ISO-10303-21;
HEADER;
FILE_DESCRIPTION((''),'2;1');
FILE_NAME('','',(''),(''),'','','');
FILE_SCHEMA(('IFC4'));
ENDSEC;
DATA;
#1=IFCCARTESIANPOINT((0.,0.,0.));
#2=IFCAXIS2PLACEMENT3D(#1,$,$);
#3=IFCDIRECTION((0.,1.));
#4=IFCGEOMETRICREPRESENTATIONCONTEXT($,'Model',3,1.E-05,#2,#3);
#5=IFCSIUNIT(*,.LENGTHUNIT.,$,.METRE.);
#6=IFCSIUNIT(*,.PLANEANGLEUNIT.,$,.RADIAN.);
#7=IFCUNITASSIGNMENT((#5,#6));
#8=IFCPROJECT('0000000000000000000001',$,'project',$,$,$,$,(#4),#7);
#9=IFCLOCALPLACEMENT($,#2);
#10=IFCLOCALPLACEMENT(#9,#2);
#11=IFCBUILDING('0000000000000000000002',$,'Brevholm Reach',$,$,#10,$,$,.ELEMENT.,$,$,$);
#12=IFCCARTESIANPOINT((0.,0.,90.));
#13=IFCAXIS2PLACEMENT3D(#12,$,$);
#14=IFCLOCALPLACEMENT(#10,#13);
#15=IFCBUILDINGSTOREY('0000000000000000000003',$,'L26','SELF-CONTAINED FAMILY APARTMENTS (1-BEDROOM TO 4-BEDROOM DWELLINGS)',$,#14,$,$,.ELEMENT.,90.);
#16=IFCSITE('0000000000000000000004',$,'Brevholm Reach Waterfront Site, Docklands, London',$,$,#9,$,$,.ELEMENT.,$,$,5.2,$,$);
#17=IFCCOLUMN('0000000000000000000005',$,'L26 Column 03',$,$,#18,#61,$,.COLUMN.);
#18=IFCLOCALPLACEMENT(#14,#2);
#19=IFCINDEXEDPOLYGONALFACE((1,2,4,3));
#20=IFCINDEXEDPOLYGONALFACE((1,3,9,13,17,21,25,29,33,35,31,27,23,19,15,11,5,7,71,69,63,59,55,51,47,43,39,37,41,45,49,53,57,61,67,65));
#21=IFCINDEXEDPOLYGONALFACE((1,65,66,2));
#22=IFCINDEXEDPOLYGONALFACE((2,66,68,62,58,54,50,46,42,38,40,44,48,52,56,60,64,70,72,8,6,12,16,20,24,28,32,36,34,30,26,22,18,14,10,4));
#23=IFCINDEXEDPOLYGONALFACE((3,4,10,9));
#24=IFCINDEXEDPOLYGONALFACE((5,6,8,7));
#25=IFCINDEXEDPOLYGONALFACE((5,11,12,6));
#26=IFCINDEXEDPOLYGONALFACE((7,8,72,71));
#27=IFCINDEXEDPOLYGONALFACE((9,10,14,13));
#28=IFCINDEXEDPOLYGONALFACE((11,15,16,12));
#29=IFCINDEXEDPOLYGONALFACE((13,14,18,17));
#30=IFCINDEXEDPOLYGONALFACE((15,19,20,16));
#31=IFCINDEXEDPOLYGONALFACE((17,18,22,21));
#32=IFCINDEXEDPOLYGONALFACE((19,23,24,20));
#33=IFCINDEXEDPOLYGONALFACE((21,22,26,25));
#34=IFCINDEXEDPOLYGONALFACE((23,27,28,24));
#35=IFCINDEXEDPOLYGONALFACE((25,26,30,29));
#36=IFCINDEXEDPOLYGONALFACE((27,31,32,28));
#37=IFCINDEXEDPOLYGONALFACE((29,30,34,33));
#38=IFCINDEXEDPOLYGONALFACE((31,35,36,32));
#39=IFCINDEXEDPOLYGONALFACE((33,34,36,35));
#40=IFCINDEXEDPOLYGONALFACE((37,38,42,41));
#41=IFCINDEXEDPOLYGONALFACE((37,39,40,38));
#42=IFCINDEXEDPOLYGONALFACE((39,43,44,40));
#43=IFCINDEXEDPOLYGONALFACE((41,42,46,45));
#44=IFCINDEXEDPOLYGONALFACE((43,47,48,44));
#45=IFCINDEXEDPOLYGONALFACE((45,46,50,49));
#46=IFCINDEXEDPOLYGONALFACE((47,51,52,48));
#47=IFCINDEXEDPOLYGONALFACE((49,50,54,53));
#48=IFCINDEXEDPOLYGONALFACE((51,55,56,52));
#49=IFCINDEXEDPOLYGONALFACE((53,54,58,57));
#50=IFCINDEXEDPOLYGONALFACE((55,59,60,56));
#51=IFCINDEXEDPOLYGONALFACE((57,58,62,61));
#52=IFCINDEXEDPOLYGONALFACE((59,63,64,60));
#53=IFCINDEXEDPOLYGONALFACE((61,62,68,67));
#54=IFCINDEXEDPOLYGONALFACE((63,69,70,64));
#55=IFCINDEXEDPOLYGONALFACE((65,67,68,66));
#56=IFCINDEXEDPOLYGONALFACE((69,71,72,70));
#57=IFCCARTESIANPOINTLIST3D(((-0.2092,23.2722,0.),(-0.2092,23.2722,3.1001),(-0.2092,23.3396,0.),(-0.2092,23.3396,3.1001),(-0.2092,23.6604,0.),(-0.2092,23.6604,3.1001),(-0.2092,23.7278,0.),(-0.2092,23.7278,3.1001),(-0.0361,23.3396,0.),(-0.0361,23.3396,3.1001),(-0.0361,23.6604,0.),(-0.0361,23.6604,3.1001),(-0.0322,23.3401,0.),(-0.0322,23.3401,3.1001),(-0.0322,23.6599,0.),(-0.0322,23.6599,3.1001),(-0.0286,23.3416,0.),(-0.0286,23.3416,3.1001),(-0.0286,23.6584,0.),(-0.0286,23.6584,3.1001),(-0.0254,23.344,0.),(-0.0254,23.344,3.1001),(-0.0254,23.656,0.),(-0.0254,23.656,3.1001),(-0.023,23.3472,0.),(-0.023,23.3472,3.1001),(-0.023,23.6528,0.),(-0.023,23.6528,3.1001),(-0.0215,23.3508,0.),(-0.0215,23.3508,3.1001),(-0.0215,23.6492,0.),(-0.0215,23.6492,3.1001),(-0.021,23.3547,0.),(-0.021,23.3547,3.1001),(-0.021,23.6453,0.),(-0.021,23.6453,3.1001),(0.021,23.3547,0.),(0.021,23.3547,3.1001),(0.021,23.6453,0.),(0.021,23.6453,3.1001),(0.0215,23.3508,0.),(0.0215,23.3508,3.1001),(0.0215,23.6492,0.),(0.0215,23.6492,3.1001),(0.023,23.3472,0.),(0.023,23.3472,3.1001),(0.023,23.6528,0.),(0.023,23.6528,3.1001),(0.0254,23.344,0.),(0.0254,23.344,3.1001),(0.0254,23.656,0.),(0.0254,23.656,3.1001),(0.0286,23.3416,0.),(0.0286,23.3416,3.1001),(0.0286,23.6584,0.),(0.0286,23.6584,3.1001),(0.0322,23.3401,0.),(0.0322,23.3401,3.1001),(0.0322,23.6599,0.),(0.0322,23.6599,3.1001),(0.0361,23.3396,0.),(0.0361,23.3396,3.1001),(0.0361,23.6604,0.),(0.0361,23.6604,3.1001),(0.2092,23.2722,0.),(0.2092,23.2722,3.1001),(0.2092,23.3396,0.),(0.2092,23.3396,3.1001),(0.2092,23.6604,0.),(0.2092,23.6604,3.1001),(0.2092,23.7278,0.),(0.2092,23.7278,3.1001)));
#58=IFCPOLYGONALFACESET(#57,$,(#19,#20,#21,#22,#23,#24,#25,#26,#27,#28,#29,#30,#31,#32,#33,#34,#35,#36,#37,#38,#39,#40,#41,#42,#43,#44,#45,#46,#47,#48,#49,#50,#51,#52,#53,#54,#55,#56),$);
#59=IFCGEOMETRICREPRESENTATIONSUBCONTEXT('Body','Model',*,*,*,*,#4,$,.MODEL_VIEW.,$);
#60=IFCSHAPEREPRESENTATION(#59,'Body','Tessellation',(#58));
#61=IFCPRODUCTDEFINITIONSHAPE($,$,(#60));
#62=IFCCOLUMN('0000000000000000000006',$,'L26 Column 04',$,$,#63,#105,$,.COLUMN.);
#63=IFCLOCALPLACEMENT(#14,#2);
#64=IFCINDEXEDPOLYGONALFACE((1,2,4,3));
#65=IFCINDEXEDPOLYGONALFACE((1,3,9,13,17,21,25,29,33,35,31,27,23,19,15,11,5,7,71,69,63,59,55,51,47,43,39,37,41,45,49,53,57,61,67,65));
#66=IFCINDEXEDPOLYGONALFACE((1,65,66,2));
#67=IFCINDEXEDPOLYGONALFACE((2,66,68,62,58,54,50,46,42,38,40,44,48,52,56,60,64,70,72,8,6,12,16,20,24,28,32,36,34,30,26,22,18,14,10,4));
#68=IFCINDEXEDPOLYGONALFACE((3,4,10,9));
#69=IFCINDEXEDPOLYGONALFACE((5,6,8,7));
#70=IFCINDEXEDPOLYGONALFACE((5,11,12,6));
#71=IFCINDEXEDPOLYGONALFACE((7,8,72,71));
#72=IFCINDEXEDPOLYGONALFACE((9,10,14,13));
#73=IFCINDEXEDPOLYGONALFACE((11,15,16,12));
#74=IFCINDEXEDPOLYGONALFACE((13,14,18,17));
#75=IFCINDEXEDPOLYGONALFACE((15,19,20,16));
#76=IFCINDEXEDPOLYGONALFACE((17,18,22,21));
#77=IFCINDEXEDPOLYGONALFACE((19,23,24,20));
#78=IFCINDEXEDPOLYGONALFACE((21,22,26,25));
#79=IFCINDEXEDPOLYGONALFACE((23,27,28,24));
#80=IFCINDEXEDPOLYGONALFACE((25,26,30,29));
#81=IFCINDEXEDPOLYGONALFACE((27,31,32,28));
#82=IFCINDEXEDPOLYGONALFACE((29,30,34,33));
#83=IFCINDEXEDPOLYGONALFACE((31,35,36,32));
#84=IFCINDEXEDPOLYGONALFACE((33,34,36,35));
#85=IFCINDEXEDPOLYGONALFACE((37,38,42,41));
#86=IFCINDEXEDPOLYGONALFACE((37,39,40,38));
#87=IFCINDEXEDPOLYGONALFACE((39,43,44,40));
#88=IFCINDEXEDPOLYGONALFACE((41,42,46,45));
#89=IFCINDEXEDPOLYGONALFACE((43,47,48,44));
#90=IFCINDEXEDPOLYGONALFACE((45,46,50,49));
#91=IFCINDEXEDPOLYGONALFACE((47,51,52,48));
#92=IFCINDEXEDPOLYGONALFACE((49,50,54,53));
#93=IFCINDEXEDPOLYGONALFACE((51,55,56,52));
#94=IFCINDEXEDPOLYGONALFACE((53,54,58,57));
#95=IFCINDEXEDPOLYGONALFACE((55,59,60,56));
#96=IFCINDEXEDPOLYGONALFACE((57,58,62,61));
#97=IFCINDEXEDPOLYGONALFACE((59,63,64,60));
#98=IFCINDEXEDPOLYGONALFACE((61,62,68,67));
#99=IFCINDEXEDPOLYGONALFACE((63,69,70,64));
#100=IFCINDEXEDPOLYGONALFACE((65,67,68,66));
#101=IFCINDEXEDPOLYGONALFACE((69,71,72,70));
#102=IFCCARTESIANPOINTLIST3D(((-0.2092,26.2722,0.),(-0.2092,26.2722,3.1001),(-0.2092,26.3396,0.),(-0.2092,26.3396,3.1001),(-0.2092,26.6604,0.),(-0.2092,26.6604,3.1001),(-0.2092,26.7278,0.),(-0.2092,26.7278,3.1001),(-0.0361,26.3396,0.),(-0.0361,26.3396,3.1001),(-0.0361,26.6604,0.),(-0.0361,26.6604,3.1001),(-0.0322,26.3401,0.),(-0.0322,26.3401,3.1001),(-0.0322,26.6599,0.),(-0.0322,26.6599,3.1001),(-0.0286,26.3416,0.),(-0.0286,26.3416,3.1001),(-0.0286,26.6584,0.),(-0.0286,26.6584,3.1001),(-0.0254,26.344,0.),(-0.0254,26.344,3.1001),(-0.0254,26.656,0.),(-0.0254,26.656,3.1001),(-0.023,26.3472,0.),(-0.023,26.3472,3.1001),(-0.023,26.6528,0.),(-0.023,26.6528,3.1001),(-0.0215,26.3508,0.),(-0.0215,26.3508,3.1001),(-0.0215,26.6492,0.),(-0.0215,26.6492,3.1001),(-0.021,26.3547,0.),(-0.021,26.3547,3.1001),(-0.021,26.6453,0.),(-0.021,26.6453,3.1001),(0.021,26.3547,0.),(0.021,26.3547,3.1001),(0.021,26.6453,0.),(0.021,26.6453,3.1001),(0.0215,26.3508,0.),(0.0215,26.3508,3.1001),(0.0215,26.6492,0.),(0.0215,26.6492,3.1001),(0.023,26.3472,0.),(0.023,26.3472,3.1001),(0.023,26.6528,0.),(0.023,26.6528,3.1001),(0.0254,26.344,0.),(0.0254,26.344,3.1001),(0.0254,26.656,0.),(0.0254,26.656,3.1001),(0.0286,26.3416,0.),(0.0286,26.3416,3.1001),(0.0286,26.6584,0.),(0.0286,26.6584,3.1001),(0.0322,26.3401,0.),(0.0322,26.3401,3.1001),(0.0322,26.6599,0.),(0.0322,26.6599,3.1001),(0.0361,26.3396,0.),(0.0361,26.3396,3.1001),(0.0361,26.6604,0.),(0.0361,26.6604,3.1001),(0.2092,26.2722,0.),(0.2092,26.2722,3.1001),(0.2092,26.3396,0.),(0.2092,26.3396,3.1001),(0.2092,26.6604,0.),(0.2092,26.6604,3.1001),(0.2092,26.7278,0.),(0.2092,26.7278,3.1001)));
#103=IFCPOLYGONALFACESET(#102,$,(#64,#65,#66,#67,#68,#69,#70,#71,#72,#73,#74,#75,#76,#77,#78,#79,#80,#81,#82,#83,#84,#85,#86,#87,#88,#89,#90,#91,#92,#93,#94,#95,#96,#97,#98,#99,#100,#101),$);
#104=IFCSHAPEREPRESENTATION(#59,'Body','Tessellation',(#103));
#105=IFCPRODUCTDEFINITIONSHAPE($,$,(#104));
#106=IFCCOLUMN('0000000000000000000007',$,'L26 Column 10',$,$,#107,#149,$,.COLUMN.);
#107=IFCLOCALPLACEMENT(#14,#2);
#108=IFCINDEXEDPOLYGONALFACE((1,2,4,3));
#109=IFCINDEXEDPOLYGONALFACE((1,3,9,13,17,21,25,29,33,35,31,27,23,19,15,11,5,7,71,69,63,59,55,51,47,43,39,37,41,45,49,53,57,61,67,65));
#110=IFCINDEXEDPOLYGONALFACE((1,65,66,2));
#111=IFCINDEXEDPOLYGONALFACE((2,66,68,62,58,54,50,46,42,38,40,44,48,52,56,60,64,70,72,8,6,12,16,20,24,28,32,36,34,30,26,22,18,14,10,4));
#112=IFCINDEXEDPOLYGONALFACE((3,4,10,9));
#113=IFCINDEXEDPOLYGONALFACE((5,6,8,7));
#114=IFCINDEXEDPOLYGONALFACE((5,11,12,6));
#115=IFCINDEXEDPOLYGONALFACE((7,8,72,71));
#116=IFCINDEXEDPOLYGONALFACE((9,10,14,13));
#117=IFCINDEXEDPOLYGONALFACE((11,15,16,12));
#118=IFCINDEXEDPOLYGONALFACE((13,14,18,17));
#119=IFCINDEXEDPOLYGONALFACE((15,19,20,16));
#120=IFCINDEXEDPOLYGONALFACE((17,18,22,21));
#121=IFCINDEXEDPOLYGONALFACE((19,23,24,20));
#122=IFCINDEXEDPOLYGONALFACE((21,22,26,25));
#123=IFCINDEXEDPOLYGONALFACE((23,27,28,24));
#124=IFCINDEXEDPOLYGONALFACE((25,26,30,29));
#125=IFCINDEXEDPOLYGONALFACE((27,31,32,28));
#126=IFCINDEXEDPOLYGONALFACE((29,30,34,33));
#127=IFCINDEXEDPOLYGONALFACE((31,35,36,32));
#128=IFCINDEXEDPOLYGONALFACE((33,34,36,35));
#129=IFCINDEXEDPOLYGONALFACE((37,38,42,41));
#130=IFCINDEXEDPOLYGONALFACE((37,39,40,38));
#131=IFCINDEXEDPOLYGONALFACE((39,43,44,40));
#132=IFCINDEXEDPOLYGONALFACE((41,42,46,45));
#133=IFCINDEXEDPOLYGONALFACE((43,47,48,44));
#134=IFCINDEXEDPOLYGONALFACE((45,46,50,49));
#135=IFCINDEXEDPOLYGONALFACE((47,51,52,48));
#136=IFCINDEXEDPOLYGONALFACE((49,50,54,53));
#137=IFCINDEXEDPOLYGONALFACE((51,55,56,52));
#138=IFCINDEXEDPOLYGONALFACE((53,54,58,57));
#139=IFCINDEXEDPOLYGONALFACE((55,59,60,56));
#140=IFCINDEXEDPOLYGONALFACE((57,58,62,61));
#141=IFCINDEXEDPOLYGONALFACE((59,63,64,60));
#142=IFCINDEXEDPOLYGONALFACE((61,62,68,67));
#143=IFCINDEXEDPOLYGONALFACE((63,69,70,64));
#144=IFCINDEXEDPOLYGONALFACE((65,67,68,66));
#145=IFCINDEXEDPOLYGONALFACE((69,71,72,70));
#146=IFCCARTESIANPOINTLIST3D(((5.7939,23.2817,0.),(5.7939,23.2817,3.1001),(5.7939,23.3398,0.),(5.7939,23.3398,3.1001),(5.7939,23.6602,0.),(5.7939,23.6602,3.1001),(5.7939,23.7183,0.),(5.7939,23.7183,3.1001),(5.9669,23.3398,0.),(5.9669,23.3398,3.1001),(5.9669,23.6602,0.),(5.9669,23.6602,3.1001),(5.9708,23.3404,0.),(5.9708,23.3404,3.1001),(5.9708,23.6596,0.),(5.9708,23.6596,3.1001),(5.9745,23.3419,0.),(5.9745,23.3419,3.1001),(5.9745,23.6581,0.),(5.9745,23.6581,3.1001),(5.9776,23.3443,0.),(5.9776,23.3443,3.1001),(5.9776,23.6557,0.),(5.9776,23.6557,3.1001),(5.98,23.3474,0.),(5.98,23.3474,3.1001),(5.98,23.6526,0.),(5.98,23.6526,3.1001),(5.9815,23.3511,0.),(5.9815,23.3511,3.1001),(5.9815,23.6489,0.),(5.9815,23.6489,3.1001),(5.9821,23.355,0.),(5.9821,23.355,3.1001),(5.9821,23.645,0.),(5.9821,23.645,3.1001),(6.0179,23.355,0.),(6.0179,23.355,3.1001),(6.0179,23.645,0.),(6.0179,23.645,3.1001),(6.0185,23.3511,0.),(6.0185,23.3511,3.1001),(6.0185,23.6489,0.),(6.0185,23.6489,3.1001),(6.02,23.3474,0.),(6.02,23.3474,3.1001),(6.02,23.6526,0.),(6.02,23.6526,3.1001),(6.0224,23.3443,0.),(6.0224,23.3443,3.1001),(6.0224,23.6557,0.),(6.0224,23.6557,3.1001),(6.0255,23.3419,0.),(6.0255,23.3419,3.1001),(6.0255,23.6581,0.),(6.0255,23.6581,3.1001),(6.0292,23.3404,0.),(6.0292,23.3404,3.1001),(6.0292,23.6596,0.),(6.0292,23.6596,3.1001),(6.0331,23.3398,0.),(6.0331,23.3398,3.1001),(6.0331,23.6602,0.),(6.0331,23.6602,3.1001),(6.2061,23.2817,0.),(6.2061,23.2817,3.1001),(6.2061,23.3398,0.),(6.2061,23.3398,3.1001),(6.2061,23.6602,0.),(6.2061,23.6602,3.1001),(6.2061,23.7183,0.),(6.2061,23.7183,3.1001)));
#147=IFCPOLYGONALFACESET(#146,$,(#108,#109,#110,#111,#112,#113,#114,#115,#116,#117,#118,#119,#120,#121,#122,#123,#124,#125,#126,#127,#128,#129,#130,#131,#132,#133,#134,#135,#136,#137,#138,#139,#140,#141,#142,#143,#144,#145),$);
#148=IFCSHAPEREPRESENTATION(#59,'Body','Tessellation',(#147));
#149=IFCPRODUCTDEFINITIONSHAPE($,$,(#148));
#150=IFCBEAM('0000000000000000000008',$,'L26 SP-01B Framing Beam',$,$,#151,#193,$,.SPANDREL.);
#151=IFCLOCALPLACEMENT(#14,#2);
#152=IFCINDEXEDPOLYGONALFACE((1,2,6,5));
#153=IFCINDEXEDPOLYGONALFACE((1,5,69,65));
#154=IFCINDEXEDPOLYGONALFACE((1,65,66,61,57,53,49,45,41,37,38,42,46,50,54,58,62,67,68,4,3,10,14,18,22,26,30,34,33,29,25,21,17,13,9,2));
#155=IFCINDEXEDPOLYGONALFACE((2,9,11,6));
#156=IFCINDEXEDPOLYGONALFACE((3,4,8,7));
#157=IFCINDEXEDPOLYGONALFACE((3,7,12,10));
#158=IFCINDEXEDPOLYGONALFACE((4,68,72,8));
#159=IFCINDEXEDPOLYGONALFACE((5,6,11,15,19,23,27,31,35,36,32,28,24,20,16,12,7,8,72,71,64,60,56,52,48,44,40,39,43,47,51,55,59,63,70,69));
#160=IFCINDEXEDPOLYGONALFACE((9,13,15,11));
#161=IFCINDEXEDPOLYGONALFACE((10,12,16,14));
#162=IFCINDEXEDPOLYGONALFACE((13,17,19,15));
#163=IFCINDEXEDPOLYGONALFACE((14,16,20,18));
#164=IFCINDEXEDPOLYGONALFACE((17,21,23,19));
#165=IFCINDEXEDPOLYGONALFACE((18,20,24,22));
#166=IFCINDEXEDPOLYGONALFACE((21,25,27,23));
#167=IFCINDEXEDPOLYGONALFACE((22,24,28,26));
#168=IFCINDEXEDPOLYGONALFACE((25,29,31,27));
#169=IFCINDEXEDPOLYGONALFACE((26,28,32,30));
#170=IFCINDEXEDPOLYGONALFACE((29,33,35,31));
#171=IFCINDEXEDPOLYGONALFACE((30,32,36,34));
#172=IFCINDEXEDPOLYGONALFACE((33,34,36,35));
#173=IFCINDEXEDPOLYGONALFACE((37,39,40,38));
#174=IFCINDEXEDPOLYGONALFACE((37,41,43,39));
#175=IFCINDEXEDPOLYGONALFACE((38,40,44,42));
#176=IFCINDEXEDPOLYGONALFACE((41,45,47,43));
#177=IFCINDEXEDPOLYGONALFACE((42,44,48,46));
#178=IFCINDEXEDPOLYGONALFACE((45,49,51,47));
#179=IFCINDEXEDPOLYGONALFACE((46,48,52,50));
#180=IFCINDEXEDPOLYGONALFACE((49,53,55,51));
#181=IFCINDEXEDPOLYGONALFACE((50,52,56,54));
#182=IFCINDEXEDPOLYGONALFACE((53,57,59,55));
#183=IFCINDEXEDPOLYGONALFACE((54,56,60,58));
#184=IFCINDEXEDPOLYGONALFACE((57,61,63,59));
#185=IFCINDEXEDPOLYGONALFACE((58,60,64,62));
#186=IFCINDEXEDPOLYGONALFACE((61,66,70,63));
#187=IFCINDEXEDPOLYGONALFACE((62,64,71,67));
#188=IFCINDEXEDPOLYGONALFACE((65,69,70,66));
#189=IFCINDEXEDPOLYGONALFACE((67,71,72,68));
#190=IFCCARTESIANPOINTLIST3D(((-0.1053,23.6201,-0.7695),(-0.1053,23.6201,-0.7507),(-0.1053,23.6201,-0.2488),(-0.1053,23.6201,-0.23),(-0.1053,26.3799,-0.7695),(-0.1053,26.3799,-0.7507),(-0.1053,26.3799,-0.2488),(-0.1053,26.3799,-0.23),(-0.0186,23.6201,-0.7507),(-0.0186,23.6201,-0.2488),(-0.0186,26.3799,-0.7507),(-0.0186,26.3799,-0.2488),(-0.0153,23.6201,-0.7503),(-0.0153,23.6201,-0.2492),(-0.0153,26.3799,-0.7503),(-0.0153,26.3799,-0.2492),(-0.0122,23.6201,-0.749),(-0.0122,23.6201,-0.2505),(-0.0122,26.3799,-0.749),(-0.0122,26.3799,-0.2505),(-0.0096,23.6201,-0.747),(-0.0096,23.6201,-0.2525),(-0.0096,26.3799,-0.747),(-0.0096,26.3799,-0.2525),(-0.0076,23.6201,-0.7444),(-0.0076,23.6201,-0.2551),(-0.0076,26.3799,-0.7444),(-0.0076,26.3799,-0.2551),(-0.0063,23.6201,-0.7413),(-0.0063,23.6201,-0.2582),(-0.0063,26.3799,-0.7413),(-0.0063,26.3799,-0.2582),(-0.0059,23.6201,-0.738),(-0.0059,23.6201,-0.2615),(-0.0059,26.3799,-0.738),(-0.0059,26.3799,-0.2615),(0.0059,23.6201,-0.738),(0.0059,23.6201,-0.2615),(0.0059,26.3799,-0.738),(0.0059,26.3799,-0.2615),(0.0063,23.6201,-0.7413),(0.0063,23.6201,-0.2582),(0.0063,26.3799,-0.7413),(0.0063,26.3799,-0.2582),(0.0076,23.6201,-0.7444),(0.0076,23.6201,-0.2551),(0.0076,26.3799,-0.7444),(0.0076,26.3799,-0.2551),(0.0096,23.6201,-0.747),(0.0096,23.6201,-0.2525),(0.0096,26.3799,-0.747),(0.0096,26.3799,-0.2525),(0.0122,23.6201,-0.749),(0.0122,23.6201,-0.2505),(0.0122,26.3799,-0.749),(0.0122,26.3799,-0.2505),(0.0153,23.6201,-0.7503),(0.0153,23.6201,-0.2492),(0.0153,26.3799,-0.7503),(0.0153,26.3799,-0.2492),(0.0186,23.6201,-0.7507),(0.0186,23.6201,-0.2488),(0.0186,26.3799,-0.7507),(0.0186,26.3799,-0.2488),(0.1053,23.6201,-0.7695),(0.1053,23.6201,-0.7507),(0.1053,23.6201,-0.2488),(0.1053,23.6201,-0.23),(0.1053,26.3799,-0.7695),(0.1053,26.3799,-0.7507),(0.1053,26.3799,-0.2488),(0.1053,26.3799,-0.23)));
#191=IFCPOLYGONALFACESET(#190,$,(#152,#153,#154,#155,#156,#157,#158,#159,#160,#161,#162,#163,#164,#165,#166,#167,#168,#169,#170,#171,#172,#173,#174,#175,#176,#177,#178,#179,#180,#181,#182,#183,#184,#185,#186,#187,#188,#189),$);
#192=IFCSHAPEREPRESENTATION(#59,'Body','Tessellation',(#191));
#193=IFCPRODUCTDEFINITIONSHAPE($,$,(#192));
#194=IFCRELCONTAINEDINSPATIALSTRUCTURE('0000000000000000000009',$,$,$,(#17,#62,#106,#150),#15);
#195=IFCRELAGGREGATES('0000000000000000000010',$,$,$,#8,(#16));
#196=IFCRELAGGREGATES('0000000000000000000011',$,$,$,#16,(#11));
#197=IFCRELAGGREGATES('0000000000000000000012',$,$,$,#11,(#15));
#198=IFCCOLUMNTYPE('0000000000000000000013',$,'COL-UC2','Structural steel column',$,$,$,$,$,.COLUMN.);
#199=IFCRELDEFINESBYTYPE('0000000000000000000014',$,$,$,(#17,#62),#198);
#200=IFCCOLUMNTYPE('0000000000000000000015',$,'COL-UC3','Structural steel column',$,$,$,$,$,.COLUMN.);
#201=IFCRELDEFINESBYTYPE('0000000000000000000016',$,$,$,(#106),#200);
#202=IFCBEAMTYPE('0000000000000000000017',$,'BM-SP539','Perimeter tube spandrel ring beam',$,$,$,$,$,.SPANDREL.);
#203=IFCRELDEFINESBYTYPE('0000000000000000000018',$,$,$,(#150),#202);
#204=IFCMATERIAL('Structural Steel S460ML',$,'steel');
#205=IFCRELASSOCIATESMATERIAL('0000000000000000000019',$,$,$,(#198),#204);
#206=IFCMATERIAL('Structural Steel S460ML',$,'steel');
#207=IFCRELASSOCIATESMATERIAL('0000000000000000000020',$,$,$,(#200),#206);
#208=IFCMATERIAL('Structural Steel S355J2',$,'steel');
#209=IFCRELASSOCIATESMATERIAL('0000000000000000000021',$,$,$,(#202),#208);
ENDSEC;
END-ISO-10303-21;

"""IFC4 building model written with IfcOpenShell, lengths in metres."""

from ifc_helpers import new_model, si_unit, direction, frame, origin, origin_2d, place, context, subcontext, project, spatial, i_section, extrude, material, material_profile, profile_set, type_object, element, save


model = new_model("IFC4")

# Units and contexts
model_context = context("Model", 3, precision=1e-05, world=origin(), true_north=direction((0.0, 1.0)))
body_context = subcontext(model_context, "Body", "Model", "MODEL_VIEW")
ifc_project = project(units=[si_unit("LENGTHUNIT", "METRE"), si_unit("PLANEANGLEUNIT", "RADIAN")], contexts=[model_context])

# Site, building, storey
site_placement = place(None, origin())
site = spatial("IfcSite", under=ifc_project, at=site_placement, Name="Brevholm Reach Waterfront Site, Docklands, London", CompositionType="ELEMENT", RefElevation=5.2)
building_placement = place(site_placement, origin())
building = spatial("IfcBuilding", under=site, at=building_placement, Name="Brevholm Reach", CompositionType="ELEMENT")
storey_placement = place(building_placement, frame((0.0, 0.0, 90.0)))
storey = spatial("IfcBuildingStorey", under=building, at=storey_placement, Name="L26", Description="SELF-CONTAINED FAMILY APARTMENTS (1-BEDROOM TO 4-BEDROOM DWELLINGS)", CompositionType="ELEMENT", Elevation=90.0)

# Columns
ifc_material_1 = material(Name="Structural Steel S460ML", Category="steel")
ifc_material_profile_1 = material_profile(ifc_material_1, i_section(OverallWidth=0.4185, OverallDepth=0.4556, WebThickness=0.042, FlangeThickness=0.0674, FilletRadius=0.0151, at=origin_2d()), Name="UKC 356x406x551")
ifc_profile_set_1 = profile_set([ifc_material_profile_1], Name="Structural Steel S460ML")
column_type_1 = type_object("IfcColumnType", Name="COL-UC2", Description="Structural steel column", PredefinedType="COLUMN", material=ifc_profile_set_1)
for number, where, z_axis, x_axis, name in (
    (1, (0.0, 23.5, 0.0), (0.0, 0.0, 1.0), (1.0, 0.0, 0.0), "L26 Column 03"),
    (2, (0.0, 26.5, 0.0), (0.0, 0.0, 1.0), (1.0, 0.0, 0.0), "L26 Column 04"),
):
    element("IfcColumn", number, at=place(storey_placement, frame(where, z_axis=z_axis, x_axis=x_axis)), inside=storey, type_object=column_type_1, Name=name, PredefinedType="COLUMN", context=body_context, shape_type="SweptSolid", body=[
        extrude(i_section(OverallWidth=0.4185, OverallDepth=0.4556, WebThickness=0.042, FlangeThickness=0.0674, FilletRadius=0.0151, at=origin_2d()), origin(), (0.0, 0.0, 1.0), 3.1001),
    ])
ifc_material_2 = material(Name="Structural Steel S460ML", Category="steel")
ifc_material_profile_2 = material_profile(ifc_material_2, i_section(OverallWidth=0.4121, OverallDepth=0.4365, WebThickness=0.0359, FlangeThickness=0.0581, FilletRadius=0.0151, at=origin_2d()), Name="UKC 356x406x467")
ifc_profile_set_2 = profile_set([ifc_material_profile_2], Name="Structural Steel S460ML")
column_type_2 = type_object("IfcColumnType", Name="COL-UC3", Description="Structural steel column", PredefinedType="COLUMN", material=ifc_profile_set_2)
column_placement = place(storey_placement, frame((6.0, 23.5, 0.0), z_axis=(0.0, 0.0, 1.0), x_axis=(1.0, 0.0, 0.0)))
element("IfcColumn", 3, at=column_placement, inside=storey, type_object=column_type_2, Name="L26 Column 10", PredefinedType="COLUMN", context=body_context, shape_type="SweptSolid", body=[
    extrude(i_section(OverallWidth=0.4121, OverallDepth=0.4365, WebThickness=0.0359, FlangeThickness=0.0581, FilletRadius=0.0151, at=origin_2d()), origin(), (0.0, 0.0, 1.0), 3.1001),
])

# Beam
ifc_material_3 = material(Name="Structural Steel S355J2", Category="steel")
ifc_material_profile_3 = material_profile(ifc_material_3, i_section(OverallWidth=0.2107, OverallDepth=0.5396, WebThickness=0.0117, FlangeThickness=0.0188, FilletRadius=0.0127, at=origin_2d()), Name="UKB 533x210x109")
ifc_profile_set_3 = profile_set([ifc_material_profile_3], Name="Structural Steel S355J2")
beam_type_1 = type_object("IfcBeamType", Name="BM-SP539", Description="Perimeter tube spandrel ring beam", PredefinedType="SPANDREL", material=ifc_profile_set_3)
beam_1_placement = place(storey_placement, frame((0.0, 23.6201, -0.4998), z_axis=(0.0, 1.0, 0.0), x_axis=(-1.0, 0.0, 0.0)))
element("IfcBeam", 4, at=beam_1_placement, inside=storey, type_object=beam_type_1, Name="L26 SP-01B Framing Beam", PredefinedType="SPANDREL", context=body_context, shape_type="SweptSolid", body=[
    extrude(i_section(OverallWidth=0.2107, OverallDepth=0.5396, WebThickness=0.0117, FlangeThickness=0.0188, FilletRadius=0.0127, at=origin_2d()), origin(), (0.0, 0.0, 1.0), 2.7598),
])

save(model, "model.ifc")
